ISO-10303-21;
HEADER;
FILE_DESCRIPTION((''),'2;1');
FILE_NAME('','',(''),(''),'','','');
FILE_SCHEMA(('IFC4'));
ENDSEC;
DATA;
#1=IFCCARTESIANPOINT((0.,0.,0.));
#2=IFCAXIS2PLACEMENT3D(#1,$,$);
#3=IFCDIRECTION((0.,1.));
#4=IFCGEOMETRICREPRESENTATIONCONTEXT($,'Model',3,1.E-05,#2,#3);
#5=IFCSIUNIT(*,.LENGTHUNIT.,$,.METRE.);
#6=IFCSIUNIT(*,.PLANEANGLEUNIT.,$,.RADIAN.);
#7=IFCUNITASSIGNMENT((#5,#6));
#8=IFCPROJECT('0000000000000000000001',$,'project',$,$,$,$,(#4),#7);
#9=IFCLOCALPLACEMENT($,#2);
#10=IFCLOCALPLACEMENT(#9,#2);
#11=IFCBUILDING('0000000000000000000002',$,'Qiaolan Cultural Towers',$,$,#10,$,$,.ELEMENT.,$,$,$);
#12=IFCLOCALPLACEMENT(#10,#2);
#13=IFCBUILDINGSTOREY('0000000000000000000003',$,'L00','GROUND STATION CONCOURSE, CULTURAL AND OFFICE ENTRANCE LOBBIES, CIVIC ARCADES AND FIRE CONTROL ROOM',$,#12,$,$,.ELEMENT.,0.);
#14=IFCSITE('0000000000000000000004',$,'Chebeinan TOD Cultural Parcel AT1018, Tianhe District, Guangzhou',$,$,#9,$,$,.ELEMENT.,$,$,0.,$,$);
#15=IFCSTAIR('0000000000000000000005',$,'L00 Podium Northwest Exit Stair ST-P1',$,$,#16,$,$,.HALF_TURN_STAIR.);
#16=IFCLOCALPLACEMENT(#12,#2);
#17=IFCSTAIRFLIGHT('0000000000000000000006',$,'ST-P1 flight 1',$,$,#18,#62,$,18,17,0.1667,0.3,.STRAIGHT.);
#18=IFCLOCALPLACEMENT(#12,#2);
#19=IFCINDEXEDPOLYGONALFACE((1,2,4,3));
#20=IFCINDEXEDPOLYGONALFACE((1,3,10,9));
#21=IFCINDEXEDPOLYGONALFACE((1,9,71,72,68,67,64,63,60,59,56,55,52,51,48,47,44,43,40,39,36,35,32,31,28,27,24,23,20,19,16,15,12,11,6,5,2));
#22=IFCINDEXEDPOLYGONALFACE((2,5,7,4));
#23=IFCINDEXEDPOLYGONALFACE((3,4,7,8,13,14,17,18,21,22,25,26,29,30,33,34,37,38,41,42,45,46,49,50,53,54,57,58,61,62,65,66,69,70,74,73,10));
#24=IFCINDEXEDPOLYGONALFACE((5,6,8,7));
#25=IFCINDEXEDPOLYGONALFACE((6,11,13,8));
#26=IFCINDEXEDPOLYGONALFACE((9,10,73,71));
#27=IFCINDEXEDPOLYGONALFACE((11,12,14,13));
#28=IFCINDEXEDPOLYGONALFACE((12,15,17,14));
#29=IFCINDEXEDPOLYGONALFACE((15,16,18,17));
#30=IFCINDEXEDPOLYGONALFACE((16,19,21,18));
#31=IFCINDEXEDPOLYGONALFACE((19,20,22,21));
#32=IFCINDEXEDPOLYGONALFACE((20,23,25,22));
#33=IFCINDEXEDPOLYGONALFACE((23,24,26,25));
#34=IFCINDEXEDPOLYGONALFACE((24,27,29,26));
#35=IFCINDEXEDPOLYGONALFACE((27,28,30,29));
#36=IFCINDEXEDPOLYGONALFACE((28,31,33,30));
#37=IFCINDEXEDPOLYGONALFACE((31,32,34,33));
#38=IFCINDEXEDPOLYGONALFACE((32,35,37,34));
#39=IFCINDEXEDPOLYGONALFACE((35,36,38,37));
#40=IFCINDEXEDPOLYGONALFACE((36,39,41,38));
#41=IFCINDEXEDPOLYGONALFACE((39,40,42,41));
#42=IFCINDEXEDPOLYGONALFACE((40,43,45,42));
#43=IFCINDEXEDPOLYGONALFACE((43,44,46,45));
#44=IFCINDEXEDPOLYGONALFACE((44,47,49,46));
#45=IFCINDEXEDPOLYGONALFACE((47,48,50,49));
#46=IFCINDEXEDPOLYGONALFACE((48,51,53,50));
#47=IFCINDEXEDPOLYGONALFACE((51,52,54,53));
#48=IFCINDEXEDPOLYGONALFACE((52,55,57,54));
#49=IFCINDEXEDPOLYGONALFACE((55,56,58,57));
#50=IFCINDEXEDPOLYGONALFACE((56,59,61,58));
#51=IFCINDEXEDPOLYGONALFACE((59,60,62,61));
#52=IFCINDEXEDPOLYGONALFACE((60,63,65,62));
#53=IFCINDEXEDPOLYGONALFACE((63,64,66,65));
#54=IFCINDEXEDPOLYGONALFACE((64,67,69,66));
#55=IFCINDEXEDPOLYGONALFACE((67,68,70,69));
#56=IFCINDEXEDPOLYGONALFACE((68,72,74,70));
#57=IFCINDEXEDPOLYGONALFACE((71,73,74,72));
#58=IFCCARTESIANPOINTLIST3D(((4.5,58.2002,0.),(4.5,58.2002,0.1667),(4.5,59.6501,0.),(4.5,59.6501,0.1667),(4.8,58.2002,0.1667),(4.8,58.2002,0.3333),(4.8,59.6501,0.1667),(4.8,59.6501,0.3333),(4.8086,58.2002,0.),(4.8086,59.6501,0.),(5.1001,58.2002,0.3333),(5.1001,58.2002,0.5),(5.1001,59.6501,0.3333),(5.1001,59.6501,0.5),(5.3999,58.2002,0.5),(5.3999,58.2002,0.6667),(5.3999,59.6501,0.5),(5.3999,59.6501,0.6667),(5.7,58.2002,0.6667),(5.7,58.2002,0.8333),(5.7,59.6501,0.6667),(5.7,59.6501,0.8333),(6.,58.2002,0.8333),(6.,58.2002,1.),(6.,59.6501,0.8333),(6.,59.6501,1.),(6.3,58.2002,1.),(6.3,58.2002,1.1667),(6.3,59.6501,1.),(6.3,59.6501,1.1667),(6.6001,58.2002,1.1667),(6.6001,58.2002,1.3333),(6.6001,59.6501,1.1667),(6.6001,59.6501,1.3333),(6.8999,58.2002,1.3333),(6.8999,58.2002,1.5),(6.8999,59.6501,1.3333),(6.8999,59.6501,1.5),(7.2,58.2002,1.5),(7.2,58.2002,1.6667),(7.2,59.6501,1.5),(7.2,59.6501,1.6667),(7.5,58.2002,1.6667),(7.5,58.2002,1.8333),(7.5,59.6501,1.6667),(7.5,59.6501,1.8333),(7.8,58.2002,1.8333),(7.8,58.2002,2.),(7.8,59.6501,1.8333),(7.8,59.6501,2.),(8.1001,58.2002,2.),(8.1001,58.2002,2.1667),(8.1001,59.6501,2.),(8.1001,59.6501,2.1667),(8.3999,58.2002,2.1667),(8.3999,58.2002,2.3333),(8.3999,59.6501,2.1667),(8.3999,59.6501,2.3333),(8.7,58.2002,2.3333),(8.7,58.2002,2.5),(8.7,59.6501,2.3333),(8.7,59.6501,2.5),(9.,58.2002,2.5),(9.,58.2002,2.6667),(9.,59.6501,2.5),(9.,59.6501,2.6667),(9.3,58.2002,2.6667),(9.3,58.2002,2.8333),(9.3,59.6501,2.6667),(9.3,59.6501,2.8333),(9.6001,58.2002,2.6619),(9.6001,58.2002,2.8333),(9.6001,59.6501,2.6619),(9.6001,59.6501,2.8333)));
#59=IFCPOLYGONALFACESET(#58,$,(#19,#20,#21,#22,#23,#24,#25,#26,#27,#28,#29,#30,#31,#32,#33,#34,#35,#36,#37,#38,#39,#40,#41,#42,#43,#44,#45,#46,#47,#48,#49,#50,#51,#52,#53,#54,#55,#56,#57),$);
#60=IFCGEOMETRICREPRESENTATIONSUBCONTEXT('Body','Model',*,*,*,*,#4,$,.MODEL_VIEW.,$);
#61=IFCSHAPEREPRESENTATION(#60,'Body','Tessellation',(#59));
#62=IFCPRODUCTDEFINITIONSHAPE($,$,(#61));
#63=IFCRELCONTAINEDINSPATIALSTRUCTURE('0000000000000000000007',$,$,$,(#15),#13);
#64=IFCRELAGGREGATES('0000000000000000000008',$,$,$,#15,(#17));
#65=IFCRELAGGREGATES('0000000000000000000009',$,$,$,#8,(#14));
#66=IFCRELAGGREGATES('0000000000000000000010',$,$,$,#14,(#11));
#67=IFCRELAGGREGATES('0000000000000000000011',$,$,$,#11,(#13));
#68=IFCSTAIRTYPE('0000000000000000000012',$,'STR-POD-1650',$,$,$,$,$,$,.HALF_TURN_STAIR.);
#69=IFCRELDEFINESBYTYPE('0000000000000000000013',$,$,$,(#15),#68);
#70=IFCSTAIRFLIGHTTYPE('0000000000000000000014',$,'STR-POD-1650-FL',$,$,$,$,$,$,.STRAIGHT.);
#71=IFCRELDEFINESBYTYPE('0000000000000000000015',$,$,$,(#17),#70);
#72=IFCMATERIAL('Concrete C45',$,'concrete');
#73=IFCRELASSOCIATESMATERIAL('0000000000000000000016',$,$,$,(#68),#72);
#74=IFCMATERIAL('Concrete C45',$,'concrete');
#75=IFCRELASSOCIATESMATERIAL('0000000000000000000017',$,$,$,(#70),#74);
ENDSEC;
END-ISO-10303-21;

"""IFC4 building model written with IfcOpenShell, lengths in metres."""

from ifc_helpers import new_model, si_unit, direction, frame, origin, place, context, subcontext, project, spatial, polyline, outline, extrude, material, type_object, element, aggregate, save


model = new_model("IFC4")

# Units and contexts
model_context = context("Model", 3, precision=1e-05, world=origin(), true_north=direction((0.0, 1.0)))
body_context = subcontext(model_context, "Body", "Model", "MODEL_VIEW")
ifc_project = project(units=[si_unit("LENGTHUNIT", "METRE"), si_unit("PLANEANGLEUNIT", "RADIAN")], contexts=[model_context])

# Site, building, storey
site_placement = place(None, origin())
site = spatial("IfcSite", under=ifc_project, at=site_placement, Name="Chebeinan TOD Cultural Parcel AT1018, Tianhe District, Guangzhou", CompositionType="ELEMENT", RefElevation=0.0)
building_placement = place(site_placement, origin())
building = spatial("IfcBuilding", under=site, at=building_placement, Name="Qiaolan Cultural Towers", CompositionType="ELEMENT")
storey_placement = place(building_placement, origin())
storey = spatial("IfcBuildingStorey", under=building, at=storey_placement, Name="L00", Description="GROUND STATION CONCOURSE, CULTURAL AND OFFICE ENTRANCE LOBBIES, CIVIC ARCADES AND FIRE CONTROL ROOM", CompositionType="ELEMENT", Elevation=0.0)

# Stair, stair flight
ifc_material_1 = material(Name="Concrete C45", Category="concrete")
stair_type = type_object("IfcStairType", Name="STR-POD-1650", PredefinedType="HALF_TURN_STAIR", material=ifc_material_1)
stair_placement = place(storey_placement, origin())
stair = element("IfcStair", 1, at=stair_placement, inside=storey, type_object=stair_type, Name="L00 Podium Northwest Exit Stair ST-P1", PredefinedType="HALF_TURN_STAIR")
ifc_material_2 = material(Name="Concrete C45", Category="concrete")
stair_flight_type = type_object("IfcStairFlightType", Name="STR-POD-1650-FL", PredefinedType="STRAIGHT", material=ifc_material_2)
stair_flight_placement = place(storey_placement, frame((4.5, 58.925, 0.0), z_axis=(0.0, 0.0, 1.0), x_axis=(1.0, 0.0, 0.0)))
stair_flight = element("IfcStairFlight", 2, at=stair_flight_placement, type_object=stair_flight_type, Name="ST-P1 flight 1", NumberOfRisers=18, NumberOfTreads=17, PredefinedType="STRAIGHT", RiserHeight=0.1667, TreadLength=0.3, context=body_context, shape_type="SweptSolid", body=[
    extrude(outline(polyline([(0.0, 0.0), (0.0, 0.1667), (0.3, 0.1667), (0.3, 0.3333), (0.6001, 0.3333), (0.6001, 0.5), (0.8999, 0.5), (0.8999, 0.6667), (1.2, 0.6667), (1.2, 0.8333), (1.5, 0.8333), (1.5, 1.0), (1.8, 1.0), (1.8, 1.1667), (2.1001, 1.1667), (2.1001, 1.3333), (2.3999, 1.3333), (2.3999, 1.5), (2.7, 1.5), (2.7, 1.6667), (3.0, 1.6667), (3.0, 1.8333), (3.3, 1.8333), (3.3, 2.0), (3.6001, 2.0), (3.6001, 2.1667), (3.8999, 2.1667), (3.8999, 2.3333), (4.2, 2.3333), (4.2, 2.5), (4.5, 2.5), (4.5, 2.6667), (4.8, 2.6667), (4.8, 2.8333), (5.1001, 2.8333), (5.1001, 3.0), (5.1001, 2.6619), (0.3086, 0.0), (0.0, 0.0)])), frame((0.0, 0.7251, 0.0), z_axis=(0.0, -1.0, 0.0), x_axis=(1.0, 0.0, 0.0)), (0.0, 0.0, 1.0), 1.45),
])
aggregate(stair, [stair_flight])

save(model, "model.ifc")
